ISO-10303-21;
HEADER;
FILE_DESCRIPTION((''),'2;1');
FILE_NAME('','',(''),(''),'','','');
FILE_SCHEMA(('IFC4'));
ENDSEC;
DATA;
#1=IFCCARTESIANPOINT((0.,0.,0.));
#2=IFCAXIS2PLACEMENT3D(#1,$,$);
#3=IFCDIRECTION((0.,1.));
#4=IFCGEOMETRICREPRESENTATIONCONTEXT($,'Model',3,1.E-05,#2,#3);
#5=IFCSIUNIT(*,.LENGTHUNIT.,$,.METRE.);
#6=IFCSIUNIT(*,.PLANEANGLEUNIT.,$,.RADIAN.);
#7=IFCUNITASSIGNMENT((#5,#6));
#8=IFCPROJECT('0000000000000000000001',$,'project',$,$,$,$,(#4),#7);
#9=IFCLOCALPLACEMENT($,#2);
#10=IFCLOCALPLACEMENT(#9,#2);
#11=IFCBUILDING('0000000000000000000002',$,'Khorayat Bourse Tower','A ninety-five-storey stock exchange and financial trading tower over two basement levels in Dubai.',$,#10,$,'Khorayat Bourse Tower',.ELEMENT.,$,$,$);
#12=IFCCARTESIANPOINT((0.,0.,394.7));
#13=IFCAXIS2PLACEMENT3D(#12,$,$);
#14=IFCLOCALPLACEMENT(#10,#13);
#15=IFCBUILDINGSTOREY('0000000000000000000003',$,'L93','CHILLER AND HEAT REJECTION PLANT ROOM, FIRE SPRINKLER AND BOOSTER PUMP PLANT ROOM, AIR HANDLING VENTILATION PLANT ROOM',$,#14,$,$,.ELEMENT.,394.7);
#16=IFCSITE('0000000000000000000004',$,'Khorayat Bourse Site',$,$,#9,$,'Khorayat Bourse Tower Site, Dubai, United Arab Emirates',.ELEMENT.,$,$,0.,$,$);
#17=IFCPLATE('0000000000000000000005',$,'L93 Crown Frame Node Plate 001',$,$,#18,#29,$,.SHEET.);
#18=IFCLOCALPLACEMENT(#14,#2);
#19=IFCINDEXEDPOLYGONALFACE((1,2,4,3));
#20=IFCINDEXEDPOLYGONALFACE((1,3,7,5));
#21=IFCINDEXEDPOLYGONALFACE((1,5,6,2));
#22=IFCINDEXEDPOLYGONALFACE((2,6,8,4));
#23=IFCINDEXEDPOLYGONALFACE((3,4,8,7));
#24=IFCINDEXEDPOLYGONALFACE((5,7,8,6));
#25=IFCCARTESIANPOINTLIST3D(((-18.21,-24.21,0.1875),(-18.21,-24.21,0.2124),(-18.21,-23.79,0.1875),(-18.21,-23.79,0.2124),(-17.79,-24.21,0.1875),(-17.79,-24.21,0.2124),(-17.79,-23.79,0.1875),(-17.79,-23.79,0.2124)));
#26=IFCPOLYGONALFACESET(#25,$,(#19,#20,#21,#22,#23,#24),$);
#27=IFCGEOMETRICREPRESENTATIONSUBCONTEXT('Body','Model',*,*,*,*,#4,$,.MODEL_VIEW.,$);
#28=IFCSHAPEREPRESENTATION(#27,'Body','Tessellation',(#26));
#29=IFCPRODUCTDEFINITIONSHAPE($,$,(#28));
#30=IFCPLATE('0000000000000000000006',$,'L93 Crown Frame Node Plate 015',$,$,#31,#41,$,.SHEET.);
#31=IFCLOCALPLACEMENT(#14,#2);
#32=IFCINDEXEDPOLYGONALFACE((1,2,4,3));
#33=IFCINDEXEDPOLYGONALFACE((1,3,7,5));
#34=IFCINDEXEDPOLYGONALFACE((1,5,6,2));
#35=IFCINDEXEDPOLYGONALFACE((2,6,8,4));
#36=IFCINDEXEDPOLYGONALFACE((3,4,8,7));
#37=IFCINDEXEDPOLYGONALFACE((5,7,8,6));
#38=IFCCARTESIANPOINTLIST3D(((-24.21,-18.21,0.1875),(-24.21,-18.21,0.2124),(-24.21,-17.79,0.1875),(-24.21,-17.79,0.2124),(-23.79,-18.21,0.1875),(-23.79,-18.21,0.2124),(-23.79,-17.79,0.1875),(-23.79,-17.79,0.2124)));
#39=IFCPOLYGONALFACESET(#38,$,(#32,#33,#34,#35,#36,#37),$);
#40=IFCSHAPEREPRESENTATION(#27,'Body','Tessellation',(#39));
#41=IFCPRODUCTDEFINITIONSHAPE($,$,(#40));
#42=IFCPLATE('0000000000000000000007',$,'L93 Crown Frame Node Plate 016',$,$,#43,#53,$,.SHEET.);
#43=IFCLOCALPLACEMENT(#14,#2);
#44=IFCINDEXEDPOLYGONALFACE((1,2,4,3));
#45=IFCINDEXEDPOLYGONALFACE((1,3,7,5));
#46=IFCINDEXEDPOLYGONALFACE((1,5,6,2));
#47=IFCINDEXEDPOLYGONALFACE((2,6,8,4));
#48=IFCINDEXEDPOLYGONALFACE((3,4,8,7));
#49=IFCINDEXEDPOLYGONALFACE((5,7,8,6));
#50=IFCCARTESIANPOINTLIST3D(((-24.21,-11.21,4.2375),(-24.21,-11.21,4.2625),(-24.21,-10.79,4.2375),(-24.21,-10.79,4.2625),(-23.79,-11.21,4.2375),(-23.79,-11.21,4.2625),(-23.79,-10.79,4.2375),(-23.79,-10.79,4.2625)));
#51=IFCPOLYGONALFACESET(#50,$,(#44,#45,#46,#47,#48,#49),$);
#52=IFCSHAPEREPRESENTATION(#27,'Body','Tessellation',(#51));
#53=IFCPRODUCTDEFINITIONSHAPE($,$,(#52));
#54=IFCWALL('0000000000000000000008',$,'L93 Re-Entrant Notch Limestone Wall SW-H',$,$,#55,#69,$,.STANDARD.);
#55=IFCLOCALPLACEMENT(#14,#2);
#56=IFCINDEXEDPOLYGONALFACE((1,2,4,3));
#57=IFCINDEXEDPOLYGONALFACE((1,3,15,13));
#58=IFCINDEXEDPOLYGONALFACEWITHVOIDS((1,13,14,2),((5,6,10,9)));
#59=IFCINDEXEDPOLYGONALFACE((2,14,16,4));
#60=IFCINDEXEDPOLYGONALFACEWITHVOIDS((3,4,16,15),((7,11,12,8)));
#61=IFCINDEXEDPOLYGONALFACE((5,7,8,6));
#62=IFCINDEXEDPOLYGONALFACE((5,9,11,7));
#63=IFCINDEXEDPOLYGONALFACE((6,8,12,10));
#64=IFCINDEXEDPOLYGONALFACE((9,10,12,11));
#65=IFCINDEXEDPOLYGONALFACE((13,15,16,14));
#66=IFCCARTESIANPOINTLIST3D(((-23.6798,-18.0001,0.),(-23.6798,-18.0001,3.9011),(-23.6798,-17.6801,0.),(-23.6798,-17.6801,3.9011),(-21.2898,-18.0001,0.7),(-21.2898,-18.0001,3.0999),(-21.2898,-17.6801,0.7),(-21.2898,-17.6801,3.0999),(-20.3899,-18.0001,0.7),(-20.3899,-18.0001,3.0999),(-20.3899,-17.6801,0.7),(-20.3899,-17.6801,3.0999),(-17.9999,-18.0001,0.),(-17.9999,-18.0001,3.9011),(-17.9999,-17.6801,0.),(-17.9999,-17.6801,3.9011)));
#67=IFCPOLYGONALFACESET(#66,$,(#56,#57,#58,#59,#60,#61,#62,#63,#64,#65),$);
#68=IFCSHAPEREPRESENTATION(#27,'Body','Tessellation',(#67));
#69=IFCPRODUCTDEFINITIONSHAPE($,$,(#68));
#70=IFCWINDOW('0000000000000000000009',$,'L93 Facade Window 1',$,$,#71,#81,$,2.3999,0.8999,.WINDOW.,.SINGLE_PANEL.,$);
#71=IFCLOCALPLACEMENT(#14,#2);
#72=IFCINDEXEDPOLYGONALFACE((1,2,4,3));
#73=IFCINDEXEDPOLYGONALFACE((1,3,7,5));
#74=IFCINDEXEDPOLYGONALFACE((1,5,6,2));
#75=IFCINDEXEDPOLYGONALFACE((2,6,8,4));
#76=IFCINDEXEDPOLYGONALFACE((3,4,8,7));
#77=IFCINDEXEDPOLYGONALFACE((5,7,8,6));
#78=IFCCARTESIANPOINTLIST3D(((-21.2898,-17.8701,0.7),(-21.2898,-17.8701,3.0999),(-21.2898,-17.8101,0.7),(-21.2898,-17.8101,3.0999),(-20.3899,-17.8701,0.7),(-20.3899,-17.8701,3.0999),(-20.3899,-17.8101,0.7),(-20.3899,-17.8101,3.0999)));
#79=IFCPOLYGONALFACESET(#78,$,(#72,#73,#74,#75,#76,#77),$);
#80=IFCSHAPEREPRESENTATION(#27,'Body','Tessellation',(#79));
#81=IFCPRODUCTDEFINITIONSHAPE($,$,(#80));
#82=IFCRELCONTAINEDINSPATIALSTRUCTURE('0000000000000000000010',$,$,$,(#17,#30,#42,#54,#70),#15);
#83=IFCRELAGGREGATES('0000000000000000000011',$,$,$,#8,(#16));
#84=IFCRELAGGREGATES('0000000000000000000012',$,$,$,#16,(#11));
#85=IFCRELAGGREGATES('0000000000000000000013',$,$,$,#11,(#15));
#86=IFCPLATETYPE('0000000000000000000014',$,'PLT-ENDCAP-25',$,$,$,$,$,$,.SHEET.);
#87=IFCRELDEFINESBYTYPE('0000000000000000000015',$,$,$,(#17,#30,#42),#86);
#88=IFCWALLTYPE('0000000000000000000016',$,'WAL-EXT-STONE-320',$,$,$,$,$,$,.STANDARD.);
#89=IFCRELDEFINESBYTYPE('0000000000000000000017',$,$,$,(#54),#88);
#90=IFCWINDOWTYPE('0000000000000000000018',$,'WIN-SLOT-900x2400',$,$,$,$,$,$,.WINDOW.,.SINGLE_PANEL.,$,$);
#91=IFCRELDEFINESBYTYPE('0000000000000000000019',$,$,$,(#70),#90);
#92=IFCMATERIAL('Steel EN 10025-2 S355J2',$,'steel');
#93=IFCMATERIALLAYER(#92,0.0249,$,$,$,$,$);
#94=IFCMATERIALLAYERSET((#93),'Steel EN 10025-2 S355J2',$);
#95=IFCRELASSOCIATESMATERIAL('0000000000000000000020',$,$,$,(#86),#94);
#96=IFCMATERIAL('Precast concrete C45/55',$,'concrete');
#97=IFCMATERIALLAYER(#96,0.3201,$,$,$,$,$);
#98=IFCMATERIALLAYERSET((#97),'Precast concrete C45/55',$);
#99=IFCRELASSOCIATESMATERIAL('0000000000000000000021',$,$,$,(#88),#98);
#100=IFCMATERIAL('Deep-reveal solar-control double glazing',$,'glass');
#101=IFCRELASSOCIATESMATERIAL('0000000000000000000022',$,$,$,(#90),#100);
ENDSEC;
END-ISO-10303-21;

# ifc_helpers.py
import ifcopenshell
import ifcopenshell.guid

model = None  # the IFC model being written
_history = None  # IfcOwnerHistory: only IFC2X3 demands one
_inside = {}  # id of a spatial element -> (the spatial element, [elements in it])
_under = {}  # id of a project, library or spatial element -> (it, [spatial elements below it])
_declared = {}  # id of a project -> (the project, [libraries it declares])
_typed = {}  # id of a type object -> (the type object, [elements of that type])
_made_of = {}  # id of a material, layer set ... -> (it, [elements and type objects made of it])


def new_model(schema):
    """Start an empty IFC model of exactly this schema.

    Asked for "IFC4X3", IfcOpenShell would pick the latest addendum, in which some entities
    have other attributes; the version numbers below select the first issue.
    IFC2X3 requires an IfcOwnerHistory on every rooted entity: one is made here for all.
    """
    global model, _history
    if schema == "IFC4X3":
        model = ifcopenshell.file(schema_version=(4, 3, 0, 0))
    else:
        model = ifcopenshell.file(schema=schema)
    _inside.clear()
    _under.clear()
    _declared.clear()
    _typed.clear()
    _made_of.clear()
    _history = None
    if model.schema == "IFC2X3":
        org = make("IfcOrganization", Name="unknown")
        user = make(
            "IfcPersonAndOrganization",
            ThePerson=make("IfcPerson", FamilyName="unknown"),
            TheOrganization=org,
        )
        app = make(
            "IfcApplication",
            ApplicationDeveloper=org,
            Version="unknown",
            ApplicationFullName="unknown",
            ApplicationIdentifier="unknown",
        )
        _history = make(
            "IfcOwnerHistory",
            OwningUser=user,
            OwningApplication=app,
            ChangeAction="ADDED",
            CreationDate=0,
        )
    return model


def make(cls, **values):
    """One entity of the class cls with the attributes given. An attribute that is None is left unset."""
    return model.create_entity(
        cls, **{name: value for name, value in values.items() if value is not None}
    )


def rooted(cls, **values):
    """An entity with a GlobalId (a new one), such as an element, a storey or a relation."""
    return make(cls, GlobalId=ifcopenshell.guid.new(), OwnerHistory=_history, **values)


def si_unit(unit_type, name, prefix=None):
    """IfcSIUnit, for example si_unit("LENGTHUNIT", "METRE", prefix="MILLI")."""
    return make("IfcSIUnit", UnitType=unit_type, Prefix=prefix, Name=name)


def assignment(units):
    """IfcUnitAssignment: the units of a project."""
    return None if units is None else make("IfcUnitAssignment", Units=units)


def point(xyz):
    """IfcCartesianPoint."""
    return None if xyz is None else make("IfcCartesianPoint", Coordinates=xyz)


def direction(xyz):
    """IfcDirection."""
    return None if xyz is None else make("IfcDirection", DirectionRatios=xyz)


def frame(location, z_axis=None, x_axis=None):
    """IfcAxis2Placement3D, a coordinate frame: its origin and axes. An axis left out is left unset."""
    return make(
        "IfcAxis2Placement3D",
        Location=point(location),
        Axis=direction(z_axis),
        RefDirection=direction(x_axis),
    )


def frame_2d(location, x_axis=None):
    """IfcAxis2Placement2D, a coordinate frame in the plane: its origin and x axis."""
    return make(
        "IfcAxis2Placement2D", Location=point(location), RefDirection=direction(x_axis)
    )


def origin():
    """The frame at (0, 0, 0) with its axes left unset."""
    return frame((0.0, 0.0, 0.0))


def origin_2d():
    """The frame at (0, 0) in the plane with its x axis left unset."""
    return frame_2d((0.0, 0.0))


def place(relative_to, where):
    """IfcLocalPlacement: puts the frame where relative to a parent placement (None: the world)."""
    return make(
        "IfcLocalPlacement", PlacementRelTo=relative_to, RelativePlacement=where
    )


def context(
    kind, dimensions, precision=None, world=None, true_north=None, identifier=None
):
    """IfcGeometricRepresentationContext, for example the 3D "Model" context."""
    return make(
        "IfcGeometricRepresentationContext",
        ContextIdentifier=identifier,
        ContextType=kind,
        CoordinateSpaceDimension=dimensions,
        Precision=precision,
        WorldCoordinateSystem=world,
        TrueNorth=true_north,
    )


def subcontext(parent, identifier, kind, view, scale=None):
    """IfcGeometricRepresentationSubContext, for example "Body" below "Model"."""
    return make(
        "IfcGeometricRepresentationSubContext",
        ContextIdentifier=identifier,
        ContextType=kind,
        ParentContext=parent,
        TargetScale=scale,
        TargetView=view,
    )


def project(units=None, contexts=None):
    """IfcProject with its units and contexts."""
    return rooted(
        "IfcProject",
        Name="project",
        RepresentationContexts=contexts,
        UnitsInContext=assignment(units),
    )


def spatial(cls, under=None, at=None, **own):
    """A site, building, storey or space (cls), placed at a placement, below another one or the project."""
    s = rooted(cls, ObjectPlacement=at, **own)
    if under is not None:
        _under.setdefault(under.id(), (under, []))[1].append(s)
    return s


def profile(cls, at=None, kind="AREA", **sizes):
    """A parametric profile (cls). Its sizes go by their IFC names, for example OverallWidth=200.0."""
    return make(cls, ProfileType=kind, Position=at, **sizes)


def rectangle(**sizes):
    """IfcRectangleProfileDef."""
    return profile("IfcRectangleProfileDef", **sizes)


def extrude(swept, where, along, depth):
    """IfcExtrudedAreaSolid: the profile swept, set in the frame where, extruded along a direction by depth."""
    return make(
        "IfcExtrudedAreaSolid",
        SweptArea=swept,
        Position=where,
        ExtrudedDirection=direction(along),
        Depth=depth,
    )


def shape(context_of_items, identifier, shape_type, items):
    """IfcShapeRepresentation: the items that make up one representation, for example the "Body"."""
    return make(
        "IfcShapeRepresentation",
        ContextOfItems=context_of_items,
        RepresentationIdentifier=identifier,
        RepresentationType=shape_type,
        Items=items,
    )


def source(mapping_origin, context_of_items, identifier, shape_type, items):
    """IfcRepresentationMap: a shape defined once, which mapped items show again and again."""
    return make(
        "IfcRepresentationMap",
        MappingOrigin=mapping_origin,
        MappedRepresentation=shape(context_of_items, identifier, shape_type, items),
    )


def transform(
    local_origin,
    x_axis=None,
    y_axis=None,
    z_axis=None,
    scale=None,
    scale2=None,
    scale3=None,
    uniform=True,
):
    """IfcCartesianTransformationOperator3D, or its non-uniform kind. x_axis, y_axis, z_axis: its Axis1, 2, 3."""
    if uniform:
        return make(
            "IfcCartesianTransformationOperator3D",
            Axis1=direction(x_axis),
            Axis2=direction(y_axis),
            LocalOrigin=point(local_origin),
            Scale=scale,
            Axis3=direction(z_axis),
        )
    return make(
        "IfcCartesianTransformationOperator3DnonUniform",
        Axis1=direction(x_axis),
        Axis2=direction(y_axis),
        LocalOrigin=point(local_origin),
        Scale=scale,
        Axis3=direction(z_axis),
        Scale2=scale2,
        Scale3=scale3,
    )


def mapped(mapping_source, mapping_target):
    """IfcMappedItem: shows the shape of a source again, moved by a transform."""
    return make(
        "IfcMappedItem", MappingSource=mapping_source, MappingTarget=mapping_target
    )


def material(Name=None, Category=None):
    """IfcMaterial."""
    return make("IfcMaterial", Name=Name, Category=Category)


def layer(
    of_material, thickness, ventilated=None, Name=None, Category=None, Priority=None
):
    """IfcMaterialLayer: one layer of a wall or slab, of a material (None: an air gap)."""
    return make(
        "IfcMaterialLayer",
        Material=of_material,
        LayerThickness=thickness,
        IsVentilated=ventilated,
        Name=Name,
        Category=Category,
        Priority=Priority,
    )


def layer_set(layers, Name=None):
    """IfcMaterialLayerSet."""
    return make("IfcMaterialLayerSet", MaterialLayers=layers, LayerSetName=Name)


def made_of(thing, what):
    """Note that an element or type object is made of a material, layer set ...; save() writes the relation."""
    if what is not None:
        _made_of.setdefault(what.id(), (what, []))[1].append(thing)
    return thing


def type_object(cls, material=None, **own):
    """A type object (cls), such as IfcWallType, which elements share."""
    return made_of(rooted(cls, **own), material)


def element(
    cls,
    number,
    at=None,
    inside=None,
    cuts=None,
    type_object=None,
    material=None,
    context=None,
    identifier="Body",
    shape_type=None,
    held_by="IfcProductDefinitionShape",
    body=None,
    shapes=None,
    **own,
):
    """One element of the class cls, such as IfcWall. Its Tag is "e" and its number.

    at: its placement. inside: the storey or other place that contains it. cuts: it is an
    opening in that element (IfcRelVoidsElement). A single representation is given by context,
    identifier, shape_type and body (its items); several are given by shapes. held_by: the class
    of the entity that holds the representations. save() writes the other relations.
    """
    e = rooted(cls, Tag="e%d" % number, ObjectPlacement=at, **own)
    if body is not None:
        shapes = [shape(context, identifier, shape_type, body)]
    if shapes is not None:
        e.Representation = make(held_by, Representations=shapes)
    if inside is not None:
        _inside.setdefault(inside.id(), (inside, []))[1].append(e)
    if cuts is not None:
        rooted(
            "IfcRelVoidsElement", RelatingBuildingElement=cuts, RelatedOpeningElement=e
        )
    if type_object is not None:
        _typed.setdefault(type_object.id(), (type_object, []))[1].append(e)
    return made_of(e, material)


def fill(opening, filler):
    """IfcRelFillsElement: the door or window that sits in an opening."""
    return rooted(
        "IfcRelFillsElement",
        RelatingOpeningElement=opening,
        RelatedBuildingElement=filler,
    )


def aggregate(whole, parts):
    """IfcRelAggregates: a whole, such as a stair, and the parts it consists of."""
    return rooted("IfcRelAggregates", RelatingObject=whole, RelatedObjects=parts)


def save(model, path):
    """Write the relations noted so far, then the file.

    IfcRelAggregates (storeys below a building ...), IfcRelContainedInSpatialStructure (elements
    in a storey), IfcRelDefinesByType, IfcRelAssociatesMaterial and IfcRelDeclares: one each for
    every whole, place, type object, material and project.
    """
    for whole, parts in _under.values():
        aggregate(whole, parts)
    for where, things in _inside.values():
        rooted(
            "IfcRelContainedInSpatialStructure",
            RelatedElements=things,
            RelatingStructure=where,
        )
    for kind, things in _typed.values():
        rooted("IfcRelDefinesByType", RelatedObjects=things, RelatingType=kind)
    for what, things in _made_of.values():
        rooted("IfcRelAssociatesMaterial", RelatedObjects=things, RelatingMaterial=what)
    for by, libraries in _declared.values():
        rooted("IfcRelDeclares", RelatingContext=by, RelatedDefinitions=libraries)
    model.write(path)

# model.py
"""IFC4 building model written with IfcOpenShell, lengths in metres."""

from ifc_helpers import new_model, si_unit, direction, frame, frame_2d, origin, origin_2d, place, context, subcontext, project, spatial, rectangle, extrude, source, transform, mapped, material, layer, layer_set, type_object, element, fill, save


model = new_model("IFC4")

# Units and contexts
model_context = context("Model", 3, precision=1e-05, world=origin(), true_north=direction((0.0, 1.0)))
body_context = subcontext(model_context, "Body", "Model", "MODEL_VIEW")
ifc_project = project(units=[si_unit("LENGTHUNIT", "METRE"), si_unit("PLANEANGLEUNIT", "RADIAN")], contexts=[model_context])

# Site, building, storey
site_placement = place(None, origin())
site = spatial("IfcSite", under=ifc_project, at=site_placement, Name="Khorayat Bourse Site", LongName="Khorayat Bourse Tower Site, Dubai, United Arab Emirates", CompositionType="ELEMENT", RefElevation=0.0)
building_placement = place(site_placement, origin())
building = spatial("IfcBuilding", under=site, at=building_placement, Name="Khorayat Bourse Tower", Description="A ninety-five-storey stock exchange and financial trading tower over two basement levels in Dubai.", LongName="Khorayat Bourse Tower", CompositionType="ELEMENT")
storey_placement = place(building_placement, frame((0.0, 0.0, 394.7)))
storey = spatial("IfcBuildingStorey", under=building, at=storey_placement, Name="L93", Description="CHILLER AND HEAT REJECTION PLANT ROOM, FIRE SPRINKLER AND BOOSTER PUMP PLANT ROOM, AIR HANDLING VENTILATION PLANT ROOM", CompositionType="ELEMENT", Elevation=394.7)

# Shared definitions
ifc_material_1 = material(Name="Steel EN 10025-2 S355J2", Category="steel")

# Plates
ifc_layer_1 = layer(ifc_material_1, 0.0249)
ifc_layer_set_1 = layer_set([ifc_layer_1], Name="Steel EN 10025-2 S355J2")
plate_type = type_object("IfcPlateType", Name="PLT-ENDCAP-25", PredefinedType="SHEET", material=ifc_layer_set_1)
shared_shape_1 = source(origin(), body_context, "Body", "SweptSolid", [
    extrude(rectangle(XDim=0.4199, YDim=0.4199, at=origin_2d()), origin(), (0.0, 0.0, 1.0), 0.0249),
])
for number, where, z_axis, x_axis, name in (
    (1, (-18.0, -24.0, 0.1875), (0.0, 0.0, 1.0), (1.0, 0.0, 0.0), "L93 Crown Frame Node Plate 001"),
    (2, (-24.0, -18.0, 0.1875), (0.0, 0.0, 1.0), (1.0, 0.0, 0.0), "L93 Crown Frame Node Plate 015"),
    (3, (-24.0, -11.0, 4.2375), (0.0, 0.0, 1.0), (1.0, 0.0, 0.0), "L93 Crown Frame Node Plate 016"),
):
    element("IfcPlate", number, at=place(storey_placement, frame(where, z_axis=z_axis, x_axis=x_axis)), inside=storey, type_object=plate_type, Name=name, PredefinedType="SHEET", context=body_context, shape_type="MappedRepresentation", body=[
        mapped(shared_shape_1, transform((0.0, 0.0, 0.0), scale=1.0)),
    ])

# Wall, opening, window
ifc_material_2 = material(Name="Precast concrete C45/55", Category="concrete")
ifc_layer_2 = layer(ifc_material_2, 0.3201)
ifc_layer_set_2 = layer_set([ifc_layer_2], Name="Precast concrete C45/55")
wall_type = type_object("IfcWallType", Name="WAL-EXT-STONE-320", PredefinedType="STANDARD", material=ifc_layer_set_2)
shared_shape_2 = source(origin(), body_context, "Body", "SweptSolid", [
    extrude(rectangle(XDim=5.6799, YDim=0.3201, at=frame_2d((2.8398, 0.0))), origin(), (0.0, 0.0, 1.0), 3.9011),
])
wall_placement = place(storey_placement, frame((-18.0, -17.8401, 0.0), z_axis=(0.0, 0.0, 1.0), x_axis=(-1.0, 0.0, 0.0)))
wall = element("IfcWall", 4, at=wall_placement, inside=storey, type_object=wall_type, Name="L93 Re-Entrant Notch Limestone Wall SW-H", PredefinedType="STANDARD", context=body_context, shape_type="MappedRepresentation", body=[
    mapped(shared_shape_2, transform((0.0, 0.0, 0.0), scale=1.0)),
])
shared_shape_3 = source(origin(), body_context, "Body", "SweptSolid", [
    extrude(rectangle(XDim=0.8999, YDim=2.3999, at=frame_2d((0.45, 1.2))), frame((0.0, 0.1699, 0.0), z_axis=(0.0, -1.0, 0.0), x_axis=(1.0, 0.0, 0.0)), (0.0, 0.0, 1.0), 0.3401),
])
opening_placement = place(wall_placement, frame((2.3899, 0.0, 0.7)))
opening = element("IfcOpeningElement", 5, at=opening_placement, cuts=wall, PredefinedType="OPENING", context=body_context, shape_type="MappedRepresentation", body=[
    mapped(shared_shape_3, transform((0.0, 0.0, 0.0), scale=1.0)),
])
ifc_material_3 = material(Name="Deep-reveal solar-control double glazing", Category="glass")
window_type = type_object("IfcWindowType", Name="WIN-SLOT-900x2400", PartitioningType="SINGLE_PANEL", PredefinedType="WINDOW", material=ifc_material_3)
shared_shape_4 = source(origin(), body_context, "Body", "SweptSolid", [
    extrude(rectangle(XDim=0.8999, YDim=2.3999, at=frame_2d((0.45, 1.2))), frame((0.0, 0.03, 0.0), z_axis=(0.0, -1.0, 0.0), x_axis=(1.0, 0.0, 0.0)), (0.0, 0.0, 1.0), 0.0601),
])
window_placement = place(opening_placement, origin())
window = element("IfcWindow", 6, at=window_placement, inside=storey, type_object=window_type, Name="L93 Facade Window 1", OverallHeight=2.3999, OverallWidth=0.8999, PartitioningType="SINGLE_PANEL", PredefinedType="WINDOW", context=body_context, shape_type="MappedRepresentation", body=[
    mapped(shared_shape_4, transform((0.0, 0.0, 0.0), scale=1.0)),
])
fill(opening, window)

save(model, "model.ifc")
